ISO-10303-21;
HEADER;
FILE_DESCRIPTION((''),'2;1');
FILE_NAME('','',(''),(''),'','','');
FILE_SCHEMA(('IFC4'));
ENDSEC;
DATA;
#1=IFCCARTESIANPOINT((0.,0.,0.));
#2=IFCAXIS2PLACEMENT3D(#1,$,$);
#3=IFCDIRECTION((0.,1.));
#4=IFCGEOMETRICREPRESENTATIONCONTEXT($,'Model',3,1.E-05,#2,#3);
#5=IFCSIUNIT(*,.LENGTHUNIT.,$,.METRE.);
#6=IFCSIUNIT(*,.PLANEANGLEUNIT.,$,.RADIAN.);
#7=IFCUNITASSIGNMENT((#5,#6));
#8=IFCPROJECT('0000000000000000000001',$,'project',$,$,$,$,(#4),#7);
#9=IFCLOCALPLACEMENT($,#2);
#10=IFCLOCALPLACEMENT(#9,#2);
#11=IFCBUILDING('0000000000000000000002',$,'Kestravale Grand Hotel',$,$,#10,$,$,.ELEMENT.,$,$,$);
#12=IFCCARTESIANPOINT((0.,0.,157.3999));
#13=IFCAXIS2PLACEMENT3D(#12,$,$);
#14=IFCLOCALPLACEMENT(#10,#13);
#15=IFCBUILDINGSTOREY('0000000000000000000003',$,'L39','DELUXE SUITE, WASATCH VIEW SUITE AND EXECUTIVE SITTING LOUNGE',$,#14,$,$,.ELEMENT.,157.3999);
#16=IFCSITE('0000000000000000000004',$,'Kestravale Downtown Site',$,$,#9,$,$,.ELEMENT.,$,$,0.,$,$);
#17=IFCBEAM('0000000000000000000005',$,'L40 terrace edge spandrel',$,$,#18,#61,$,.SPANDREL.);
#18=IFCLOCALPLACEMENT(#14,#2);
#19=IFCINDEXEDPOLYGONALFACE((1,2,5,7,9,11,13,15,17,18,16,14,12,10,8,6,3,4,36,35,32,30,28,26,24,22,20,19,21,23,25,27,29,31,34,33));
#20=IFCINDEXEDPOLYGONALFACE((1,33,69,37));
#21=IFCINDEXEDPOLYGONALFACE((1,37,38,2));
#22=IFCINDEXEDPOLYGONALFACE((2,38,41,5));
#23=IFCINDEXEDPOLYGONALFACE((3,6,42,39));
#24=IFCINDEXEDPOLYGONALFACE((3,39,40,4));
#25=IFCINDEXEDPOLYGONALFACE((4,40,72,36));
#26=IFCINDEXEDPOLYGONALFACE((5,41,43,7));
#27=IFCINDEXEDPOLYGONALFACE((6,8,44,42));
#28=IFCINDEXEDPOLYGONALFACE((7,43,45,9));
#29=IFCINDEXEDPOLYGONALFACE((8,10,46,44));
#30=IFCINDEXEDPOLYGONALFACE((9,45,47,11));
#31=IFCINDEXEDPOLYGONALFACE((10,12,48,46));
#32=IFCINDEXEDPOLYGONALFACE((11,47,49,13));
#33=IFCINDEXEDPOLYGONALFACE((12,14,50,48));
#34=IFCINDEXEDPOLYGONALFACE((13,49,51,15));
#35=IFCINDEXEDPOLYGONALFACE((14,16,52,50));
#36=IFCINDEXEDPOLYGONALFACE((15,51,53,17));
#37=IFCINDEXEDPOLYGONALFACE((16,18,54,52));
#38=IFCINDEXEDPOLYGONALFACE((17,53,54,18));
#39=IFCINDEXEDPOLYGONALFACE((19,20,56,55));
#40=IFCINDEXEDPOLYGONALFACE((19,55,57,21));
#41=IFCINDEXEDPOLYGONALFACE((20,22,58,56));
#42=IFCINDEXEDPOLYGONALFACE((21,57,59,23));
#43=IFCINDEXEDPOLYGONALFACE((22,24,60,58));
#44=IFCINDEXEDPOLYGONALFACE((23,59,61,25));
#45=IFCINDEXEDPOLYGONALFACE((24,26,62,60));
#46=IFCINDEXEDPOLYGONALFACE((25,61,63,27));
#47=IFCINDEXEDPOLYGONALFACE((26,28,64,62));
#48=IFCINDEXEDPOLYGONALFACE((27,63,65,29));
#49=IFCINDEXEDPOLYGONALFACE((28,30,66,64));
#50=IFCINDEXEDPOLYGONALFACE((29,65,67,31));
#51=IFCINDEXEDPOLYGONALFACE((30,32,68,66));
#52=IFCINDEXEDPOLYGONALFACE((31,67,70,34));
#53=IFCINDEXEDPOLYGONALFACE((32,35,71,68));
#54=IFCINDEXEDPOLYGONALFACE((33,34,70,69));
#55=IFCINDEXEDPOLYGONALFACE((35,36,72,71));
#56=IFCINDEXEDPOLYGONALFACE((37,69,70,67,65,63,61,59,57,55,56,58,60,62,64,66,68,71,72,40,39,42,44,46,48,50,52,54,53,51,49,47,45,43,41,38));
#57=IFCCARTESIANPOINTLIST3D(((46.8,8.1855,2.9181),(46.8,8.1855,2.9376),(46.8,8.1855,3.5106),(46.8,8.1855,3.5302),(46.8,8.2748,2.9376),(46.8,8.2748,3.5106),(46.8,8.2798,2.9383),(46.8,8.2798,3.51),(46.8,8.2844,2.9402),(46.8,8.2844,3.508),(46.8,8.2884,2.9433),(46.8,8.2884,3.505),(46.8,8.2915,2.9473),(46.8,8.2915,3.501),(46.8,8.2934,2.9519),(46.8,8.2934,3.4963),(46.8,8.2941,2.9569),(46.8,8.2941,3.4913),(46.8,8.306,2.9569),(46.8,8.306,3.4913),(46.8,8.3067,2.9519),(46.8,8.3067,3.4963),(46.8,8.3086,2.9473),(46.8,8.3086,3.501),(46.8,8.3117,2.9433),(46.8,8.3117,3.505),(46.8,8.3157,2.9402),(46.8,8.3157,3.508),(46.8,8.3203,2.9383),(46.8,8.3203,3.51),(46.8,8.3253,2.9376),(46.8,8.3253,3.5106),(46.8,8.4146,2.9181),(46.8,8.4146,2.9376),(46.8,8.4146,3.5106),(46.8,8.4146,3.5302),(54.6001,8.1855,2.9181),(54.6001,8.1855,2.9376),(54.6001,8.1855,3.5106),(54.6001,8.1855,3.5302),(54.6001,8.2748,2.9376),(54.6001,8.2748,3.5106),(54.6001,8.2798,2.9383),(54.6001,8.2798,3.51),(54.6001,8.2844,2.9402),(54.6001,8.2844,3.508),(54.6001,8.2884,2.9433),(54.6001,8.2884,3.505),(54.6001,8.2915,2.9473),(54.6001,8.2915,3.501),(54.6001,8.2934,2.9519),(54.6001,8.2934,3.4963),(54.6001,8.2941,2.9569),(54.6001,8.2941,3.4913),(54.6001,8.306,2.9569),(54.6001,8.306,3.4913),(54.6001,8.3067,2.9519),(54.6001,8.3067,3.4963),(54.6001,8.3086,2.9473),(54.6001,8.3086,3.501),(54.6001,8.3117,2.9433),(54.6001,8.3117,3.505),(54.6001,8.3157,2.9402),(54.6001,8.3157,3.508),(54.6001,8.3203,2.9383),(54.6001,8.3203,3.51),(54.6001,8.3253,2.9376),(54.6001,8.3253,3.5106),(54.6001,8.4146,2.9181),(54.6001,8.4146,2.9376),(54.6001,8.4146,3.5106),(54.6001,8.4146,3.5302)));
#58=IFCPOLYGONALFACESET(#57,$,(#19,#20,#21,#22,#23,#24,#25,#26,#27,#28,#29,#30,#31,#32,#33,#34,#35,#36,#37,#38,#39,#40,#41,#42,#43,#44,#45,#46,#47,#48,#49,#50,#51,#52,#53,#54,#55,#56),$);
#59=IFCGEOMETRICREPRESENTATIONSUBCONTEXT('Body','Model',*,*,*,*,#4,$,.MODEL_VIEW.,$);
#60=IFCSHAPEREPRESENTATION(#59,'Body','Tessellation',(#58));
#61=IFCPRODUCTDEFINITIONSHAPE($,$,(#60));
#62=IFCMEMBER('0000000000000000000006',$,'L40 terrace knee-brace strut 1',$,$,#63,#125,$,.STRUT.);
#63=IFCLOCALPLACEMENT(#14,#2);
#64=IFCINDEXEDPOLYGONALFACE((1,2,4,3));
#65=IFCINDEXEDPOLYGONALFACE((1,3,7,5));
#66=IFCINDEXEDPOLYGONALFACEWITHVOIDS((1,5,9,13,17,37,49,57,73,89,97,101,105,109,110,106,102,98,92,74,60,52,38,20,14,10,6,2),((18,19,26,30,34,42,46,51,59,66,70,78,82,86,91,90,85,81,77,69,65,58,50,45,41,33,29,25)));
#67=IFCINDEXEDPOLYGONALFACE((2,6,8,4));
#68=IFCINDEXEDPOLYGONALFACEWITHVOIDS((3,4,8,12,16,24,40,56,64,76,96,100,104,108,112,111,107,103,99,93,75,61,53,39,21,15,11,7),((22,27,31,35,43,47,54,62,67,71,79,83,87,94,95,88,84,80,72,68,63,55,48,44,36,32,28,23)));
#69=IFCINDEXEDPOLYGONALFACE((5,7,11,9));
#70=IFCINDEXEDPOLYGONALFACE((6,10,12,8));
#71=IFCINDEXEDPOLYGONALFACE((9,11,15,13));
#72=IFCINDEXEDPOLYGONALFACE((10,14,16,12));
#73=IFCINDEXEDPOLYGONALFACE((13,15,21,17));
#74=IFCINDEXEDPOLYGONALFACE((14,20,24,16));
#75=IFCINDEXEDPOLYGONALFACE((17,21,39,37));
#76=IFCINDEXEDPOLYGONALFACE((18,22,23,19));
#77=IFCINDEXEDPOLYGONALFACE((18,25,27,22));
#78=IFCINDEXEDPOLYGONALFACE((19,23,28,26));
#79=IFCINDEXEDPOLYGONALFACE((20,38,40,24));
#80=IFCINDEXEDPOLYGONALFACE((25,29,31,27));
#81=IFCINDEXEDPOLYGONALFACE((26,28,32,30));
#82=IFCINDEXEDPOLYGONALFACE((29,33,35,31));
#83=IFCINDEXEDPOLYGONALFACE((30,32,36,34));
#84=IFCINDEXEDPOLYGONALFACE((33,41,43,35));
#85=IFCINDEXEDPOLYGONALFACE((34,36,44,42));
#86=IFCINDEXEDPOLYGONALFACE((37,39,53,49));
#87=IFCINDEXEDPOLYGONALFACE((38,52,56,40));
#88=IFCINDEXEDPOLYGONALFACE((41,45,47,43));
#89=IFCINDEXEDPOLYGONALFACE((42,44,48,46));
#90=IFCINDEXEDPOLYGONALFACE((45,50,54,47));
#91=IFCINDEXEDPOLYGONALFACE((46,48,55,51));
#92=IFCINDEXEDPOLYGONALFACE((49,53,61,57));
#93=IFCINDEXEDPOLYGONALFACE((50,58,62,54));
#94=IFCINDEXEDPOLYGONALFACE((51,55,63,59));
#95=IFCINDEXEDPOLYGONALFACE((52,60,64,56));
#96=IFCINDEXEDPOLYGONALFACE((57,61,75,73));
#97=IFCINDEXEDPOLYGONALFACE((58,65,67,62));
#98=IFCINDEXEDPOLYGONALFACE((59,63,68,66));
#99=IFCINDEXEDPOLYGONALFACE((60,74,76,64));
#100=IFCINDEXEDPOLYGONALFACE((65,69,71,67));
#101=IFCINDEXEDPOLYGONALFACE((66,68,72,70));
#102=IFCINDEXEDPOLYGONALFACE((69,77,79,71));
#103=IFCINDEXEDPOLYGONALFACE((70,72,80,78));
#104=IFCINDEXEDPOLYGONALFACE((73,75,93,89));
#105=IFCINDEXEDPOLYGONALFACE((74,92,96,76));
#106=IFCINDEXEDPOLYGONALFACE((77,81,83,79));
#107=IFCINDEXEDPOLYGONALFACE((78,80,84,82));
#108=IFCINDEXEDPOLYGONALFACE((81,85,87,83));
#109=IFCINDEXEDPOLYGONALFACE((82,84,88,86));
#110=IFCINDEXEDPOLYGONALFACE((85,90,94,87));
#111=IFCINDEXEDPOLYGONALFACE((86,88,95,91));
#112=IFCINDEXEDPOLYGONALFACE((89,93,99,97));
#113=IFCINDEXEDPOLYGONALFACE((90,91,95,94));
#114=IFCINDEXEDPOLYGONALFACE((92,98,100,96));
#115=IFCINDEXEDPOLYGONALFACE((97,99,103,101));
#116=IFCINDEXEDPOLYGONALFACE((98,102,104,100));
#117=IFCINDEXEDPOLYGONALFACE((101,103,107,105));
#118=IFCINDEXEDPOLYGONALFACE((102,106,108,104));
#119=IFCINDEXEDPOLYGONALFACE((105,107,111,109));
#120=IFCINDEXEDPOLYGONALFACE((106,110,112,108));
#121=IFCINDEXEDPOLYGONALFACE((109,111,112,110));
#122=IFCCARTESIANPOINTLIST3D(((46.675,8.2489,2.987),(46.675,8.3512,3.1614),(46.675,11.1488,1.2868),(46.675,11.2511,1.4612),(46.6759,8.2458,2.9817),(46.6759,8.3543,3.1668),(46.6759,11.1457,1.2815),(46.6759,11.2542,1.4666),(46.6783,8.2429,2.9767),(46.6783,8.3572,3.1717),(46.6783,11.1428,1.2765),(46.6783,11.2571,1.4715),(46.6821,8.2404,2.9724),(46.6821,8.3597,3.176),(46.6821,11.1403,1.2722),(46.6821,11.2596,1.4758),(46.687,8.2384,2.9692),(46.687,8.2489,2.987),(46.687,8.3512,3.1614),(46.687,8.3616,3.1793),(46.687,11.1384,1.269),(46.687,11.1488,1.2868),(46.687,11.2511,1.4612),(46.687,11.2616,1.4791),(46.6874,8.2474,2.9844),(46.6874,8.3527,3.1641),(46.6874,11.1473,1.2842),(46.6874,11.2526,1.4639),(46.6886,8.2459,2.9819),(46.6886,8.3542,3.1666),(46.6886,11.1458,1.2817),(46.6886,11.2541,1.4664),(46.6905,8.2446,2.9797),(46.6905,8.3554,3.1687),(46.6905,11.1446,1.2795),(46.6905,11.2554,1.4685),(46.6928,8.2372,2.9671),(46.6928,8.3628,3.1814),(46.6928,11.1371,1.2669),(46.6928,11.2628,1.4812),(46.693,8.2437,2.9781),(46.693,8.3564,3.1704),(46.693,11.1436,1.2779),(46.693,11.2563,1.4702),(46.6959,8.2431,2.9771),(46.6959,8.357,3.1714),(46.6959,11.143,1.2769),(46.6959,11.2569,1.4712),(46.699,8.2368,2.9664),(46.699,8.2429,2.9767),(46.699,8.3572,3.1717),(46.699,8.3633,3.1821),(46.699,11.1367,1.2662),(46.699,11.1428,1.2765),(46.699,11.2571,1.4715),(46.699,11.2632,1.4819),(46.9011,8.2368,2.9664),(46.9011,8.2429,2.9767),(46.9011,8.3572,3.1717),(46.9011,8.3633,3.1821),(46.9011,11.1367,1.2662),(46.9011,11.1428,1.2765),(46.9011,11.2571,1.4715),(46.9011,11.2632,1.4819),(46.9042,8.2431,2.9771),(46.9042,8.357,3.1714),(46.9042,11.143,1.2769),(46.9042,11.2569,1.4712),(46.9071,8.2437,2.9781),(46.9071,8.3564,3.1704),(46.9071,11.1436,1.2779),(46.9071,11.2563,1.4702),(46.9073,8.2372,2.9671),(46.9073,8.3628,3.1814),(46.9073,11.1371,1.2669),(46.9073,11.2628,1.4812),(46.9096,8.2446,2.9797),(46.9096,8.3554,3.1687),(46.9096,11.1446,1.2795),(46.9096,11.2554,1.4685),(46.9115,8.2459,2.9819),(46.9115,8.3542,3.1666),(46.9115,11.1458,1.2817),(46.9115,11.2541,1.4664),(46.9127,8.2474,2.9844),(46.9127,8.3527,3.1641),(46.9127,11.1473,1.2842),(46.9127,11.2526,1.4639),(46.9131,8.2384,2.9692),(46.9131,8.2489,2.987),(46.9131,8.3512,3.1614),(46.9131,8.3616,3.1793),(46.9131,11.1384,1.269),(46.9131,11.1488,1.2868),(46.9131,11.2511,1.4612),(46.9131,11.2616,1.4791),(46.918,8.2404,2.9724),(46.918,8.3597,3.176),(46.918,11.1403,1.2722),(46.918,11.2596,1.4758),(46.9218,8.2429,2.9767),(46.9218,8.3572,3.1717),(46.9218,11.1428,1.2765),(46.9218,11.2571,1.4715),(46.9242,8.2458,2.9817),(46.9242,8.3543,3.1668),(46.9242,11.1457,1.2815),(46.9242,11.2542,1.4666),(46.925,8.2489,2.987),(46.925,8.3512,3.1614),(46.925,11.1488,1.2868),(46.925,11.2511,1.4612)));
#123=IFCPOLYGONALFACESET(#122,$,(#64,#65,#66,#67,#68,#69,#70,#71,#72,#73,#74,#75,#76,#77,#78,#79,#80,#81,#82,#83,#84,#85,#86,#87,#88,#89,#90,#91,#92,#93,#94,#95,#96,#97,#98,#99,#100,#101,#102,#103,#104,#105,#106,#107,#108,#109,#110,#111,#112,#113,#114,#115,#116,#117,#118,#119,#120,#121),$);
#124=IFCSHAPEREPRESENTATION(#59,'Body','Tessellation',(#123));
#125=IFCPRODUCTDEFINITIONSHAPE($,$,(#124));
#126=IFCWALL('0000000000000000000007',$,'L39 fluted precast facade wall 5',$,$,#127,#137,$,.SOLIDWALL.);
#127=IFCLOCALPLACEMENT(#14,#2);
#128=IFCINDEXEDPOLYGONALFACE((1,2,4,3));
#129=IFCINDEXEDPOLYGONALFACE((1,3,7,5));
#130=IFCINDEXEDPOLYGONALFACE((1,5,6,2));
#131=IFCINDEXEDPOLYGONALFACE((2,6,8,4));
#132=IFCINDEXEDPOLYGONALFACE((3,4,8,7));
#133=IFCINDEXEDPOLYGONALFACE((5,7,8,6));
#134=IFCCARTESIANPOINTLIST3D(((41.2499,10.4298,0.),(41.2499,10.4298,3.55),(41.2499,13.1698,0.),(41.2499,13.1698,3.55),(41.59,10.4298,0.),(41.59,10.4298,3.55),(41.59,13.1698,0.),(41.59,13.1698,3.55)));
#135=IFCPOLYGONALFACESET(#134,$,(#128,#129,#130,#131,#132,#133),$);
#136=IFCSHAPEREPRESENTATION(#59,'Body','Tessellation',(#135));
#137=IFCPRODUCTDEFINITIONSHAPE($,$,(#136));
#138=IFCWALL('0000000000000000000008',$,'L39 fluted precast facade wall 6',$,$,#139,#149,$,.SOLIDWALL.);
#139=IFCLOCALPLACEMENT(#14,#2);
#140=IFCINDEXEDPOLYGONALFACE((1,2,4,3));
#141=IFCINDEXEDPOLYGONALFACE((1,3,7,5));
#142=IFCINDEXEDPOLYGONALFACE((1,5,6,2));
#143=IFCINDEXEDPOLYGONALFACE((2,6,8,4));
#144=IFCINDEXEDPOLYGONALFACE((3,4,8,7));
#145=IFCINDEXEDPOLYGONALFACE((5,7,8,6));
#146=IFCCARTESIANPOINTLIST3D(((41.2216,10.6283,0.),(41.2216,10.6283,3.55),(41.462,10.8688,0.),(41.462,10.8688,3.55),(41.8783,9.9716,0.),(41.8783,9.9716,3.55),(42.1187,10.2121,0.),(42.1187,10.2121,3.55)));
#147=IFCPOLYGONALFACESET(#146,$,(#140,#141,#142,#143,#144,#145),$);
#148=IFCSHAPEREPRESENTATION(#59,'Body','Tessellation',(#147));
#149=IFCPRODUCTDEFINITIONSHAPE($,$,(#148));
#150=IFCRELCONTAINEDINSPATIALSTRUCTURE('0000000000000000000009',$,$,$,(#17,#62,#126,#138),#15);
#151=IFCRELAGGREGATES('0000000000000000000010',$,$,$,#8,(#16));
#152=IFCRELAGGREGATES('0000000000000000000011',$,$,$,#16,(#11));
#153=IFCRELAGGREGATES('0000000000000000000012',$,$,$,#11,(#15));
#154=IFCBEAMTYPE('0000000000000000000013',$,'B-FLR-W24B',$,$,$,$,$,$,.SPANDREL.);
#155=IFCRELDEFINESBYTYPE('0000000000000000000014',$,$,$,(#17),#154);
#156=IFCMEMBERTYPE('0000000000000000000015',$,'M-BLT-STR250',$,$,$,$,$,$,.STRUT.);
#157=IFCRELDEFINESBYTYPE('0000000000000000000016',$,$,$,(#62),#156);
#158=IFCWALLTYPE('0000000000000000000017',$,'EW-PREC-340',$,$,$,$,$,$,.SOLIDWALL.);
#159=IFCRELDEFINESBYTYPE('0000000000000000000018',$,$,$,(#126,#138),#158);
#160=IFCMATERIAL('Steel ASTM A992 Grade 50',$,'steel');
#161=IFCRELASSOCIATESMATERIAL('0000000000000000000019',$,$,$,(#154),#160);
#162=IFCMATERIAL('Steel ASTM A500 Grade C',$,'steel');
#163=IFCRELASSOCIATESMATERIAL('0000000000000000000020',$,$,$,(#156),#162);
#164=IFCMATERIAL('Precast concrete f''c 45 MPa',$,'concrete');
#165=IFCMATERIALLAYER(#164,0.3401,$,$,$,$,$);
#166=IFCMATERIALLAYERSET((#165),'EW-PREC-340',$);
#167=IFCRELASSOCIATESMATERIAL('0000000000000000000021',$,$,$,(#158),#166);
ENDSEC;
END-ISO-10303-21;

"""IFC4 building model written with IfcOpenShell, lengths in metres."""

from ifc_helpers import new_model, si_unit, direction, frame, frame_2d, origin, origin_2d, place, context, subcontext, project, spatial, rectangle, hollow_rectangle, i_section, extrude, material, layer, layer_set, material_profile, profile_set, type_object, element, save


model = new_model("IFC4")

# Units and contexts
model_context = context("Model", 3, precision=1e-05, world=origin(), true_north=direction((0.0, 1.0)))
body_context = subcontext(model_context, "Body", "Model", "MODEL_VIEW")
ifc_project = project(units=[si_unit("LENGTHUNIT", "METRE"), si_unit("PLANEANGLEUNIT", "RADIAN")], contexts=[model_context])

# Site, building, storey
site_placement = place(None, origin())
site = spatial("IfcSite", under=ifc_project, at=site_placement, Name="Kestravale Downtown Site", CompositionType="ELEMENT", RefElevation=0.0)
building_placement = place(site_placement, origin())
building = spatial("IfcBuilding", under=site, at=building_placement, Name="Kestravale Grand Hotel", CompositionType="ELEMENT")
storey_placement = place(building_placement, frame((0.0, 0.0, 157.3999)))
storey = spatial("IfcBuildingStorey", under=building, at=storey_placement, Name="L39", Description="DELUXE SUITE, WASATCH VIEW SUITE AND EXECUTIVE SITTING LOUNGE", CompositionType="ELEMENT", Elevation=157.3999)

# Beam
ifc_material_1 = material(Name="Steel ASTM A992 Grade 50", Category="steel")
ifc_material_profile_1 = material_profile(ifc_material_1, i_section(OverallWidth=0.229, OverallDepth=0.6121, WebThickness=0.012, FlangeThickness=0.0195, FilletRadius=0.0193, at=origin_2d()))
ifc_profile_set_1 = profile_set([ifc_material_profile_1], Name="Steel ASTM A992 Grade 50")
beam_type_1 = type_object("IfcBeamType", Name="B-FLR-W24B", PredefinedType="SPANDREL", material=ifc_profile_set_1)
beam_1_placement = place(storey_placement, frame((46.8, 8.3, 3.2241), z_axis=(1.0, 0.0, 0.0), x_axis=(0.0, 1.0, 0.0)))
element("IfcBeam", 1, at=beam_1_placement, inside=storey, type_object=beam_type_1, Name="L40 terrace edge spandrel", PredefinedType="SPANDREL", context=body_context, shape_type="SweptSolid", body=[
    extrude(i_section(OverallWidth=0.229, OverallDepth=0.6121, WebThickness=0.012, FlangeThickness=0.0195, FilletRadius=0.0193, at=origin_2d()), origin(), (0.0, 0.0, 1.0), 7.8),
])

# Member
ifc_material_2 = material(Name="Steel ASTM A500 Grade C", Category="steel")
ifc_material_profile_2 = material_profile(ifc_material_2, hollow_rectangle(XDim=0.25, YDim=0.25, WallThickness=0.012, InnerFilletRadius=0.012, OuterFilletRadius=0.0239, at=origin_2d()))
ifc_profile_set_2 = profile_set([ifc_material_profile_2], Name="Steel ASTM A500 Grade C")
member_type = type_object("IfcMemberType", Name="M-BLT-STR250", PredefinedType="STRUT", material=ifc_profile_set_2)
member_placement = place(storey_placement, frame((46.8, 11.2, 1.374), z_axis=(0.0, -0.862665, 0.505775), x_axis=(1.0, 0.0, 0.0)))
element("IfcMember", 2, at=member_placement, inside=storey, type_object=member_type, Name="L40 terrace knee-brace strut 1", PredefinedType="STRUT", context=body_context, shape_type="SweptSolid", body=[
    extrude(hollow_rectangle(XDim=0.25, YDim=0.25, WallThickness=0.012, InnerFilletRadius=0.012, OuterFilletRadius=0.0239, at=origin_2d()), origin(), (0.0, 0.0, 1.0), 3.3616),
])

# Walls
ifc_material_3 = material(Name="Precast concrete f'c 45 MPa", Category="concrete")
ifc_layer_1 = layer(ifc_material_3, 0.3401)
ifc_layer_set_1 = layer_set([ifc_layer_1], Name="EW-PREC-340")
wall_type_1 = type_object("IfcWallType", Name="EW-PREC-340", PredefinedType="SOLIDWALL", material=ifc_layer_set_1)
wall_1_placement = place(storey_placement, frame((41.4199, 13.1699, 0.0), z_axis=(0.0, 0.0, 1.0), x_axis=(0.0, -1.0, 0.0)))
element("IfcWall", 3, at=wall_1_placement, inside=storey, type_object=wall_type_1, Name="L39 fluted precast facade wall 5", PredefinedType="SOLIDWALL", context=body_context, shape_type="SweptSolid", body=[
    extrude(rectangle(XDim=2.74, YDim=0.3401, at=frame_2d((1.3701, 0.0))), origin(), (0.0, 0.0, 1.0), 3.55),
])
wall_2_placement = place(storey_placement, frame((41.3418, 10.7485, 0.0), z_axis=(0.0, 0.0, 1.0), x_axis=(0.707107, -0.707107, 0.0)))
element("IfcWall", 4, at=wall_2_placement, inside=storey, type_object=wall_type_1, Name="L39 fluted precast facade wall 6", PredefinedType="SOLIDWALL", context=body_context, shape_type="SweptSolid", body=[
    extrude(rectangle(XDim=0.9287, YDim=0.3401, at=frame_2d((0.4644, 0.0))), origin(), (0.0, 0.0, 1.0), 3.55),
])

save(model, "model.ifc")
